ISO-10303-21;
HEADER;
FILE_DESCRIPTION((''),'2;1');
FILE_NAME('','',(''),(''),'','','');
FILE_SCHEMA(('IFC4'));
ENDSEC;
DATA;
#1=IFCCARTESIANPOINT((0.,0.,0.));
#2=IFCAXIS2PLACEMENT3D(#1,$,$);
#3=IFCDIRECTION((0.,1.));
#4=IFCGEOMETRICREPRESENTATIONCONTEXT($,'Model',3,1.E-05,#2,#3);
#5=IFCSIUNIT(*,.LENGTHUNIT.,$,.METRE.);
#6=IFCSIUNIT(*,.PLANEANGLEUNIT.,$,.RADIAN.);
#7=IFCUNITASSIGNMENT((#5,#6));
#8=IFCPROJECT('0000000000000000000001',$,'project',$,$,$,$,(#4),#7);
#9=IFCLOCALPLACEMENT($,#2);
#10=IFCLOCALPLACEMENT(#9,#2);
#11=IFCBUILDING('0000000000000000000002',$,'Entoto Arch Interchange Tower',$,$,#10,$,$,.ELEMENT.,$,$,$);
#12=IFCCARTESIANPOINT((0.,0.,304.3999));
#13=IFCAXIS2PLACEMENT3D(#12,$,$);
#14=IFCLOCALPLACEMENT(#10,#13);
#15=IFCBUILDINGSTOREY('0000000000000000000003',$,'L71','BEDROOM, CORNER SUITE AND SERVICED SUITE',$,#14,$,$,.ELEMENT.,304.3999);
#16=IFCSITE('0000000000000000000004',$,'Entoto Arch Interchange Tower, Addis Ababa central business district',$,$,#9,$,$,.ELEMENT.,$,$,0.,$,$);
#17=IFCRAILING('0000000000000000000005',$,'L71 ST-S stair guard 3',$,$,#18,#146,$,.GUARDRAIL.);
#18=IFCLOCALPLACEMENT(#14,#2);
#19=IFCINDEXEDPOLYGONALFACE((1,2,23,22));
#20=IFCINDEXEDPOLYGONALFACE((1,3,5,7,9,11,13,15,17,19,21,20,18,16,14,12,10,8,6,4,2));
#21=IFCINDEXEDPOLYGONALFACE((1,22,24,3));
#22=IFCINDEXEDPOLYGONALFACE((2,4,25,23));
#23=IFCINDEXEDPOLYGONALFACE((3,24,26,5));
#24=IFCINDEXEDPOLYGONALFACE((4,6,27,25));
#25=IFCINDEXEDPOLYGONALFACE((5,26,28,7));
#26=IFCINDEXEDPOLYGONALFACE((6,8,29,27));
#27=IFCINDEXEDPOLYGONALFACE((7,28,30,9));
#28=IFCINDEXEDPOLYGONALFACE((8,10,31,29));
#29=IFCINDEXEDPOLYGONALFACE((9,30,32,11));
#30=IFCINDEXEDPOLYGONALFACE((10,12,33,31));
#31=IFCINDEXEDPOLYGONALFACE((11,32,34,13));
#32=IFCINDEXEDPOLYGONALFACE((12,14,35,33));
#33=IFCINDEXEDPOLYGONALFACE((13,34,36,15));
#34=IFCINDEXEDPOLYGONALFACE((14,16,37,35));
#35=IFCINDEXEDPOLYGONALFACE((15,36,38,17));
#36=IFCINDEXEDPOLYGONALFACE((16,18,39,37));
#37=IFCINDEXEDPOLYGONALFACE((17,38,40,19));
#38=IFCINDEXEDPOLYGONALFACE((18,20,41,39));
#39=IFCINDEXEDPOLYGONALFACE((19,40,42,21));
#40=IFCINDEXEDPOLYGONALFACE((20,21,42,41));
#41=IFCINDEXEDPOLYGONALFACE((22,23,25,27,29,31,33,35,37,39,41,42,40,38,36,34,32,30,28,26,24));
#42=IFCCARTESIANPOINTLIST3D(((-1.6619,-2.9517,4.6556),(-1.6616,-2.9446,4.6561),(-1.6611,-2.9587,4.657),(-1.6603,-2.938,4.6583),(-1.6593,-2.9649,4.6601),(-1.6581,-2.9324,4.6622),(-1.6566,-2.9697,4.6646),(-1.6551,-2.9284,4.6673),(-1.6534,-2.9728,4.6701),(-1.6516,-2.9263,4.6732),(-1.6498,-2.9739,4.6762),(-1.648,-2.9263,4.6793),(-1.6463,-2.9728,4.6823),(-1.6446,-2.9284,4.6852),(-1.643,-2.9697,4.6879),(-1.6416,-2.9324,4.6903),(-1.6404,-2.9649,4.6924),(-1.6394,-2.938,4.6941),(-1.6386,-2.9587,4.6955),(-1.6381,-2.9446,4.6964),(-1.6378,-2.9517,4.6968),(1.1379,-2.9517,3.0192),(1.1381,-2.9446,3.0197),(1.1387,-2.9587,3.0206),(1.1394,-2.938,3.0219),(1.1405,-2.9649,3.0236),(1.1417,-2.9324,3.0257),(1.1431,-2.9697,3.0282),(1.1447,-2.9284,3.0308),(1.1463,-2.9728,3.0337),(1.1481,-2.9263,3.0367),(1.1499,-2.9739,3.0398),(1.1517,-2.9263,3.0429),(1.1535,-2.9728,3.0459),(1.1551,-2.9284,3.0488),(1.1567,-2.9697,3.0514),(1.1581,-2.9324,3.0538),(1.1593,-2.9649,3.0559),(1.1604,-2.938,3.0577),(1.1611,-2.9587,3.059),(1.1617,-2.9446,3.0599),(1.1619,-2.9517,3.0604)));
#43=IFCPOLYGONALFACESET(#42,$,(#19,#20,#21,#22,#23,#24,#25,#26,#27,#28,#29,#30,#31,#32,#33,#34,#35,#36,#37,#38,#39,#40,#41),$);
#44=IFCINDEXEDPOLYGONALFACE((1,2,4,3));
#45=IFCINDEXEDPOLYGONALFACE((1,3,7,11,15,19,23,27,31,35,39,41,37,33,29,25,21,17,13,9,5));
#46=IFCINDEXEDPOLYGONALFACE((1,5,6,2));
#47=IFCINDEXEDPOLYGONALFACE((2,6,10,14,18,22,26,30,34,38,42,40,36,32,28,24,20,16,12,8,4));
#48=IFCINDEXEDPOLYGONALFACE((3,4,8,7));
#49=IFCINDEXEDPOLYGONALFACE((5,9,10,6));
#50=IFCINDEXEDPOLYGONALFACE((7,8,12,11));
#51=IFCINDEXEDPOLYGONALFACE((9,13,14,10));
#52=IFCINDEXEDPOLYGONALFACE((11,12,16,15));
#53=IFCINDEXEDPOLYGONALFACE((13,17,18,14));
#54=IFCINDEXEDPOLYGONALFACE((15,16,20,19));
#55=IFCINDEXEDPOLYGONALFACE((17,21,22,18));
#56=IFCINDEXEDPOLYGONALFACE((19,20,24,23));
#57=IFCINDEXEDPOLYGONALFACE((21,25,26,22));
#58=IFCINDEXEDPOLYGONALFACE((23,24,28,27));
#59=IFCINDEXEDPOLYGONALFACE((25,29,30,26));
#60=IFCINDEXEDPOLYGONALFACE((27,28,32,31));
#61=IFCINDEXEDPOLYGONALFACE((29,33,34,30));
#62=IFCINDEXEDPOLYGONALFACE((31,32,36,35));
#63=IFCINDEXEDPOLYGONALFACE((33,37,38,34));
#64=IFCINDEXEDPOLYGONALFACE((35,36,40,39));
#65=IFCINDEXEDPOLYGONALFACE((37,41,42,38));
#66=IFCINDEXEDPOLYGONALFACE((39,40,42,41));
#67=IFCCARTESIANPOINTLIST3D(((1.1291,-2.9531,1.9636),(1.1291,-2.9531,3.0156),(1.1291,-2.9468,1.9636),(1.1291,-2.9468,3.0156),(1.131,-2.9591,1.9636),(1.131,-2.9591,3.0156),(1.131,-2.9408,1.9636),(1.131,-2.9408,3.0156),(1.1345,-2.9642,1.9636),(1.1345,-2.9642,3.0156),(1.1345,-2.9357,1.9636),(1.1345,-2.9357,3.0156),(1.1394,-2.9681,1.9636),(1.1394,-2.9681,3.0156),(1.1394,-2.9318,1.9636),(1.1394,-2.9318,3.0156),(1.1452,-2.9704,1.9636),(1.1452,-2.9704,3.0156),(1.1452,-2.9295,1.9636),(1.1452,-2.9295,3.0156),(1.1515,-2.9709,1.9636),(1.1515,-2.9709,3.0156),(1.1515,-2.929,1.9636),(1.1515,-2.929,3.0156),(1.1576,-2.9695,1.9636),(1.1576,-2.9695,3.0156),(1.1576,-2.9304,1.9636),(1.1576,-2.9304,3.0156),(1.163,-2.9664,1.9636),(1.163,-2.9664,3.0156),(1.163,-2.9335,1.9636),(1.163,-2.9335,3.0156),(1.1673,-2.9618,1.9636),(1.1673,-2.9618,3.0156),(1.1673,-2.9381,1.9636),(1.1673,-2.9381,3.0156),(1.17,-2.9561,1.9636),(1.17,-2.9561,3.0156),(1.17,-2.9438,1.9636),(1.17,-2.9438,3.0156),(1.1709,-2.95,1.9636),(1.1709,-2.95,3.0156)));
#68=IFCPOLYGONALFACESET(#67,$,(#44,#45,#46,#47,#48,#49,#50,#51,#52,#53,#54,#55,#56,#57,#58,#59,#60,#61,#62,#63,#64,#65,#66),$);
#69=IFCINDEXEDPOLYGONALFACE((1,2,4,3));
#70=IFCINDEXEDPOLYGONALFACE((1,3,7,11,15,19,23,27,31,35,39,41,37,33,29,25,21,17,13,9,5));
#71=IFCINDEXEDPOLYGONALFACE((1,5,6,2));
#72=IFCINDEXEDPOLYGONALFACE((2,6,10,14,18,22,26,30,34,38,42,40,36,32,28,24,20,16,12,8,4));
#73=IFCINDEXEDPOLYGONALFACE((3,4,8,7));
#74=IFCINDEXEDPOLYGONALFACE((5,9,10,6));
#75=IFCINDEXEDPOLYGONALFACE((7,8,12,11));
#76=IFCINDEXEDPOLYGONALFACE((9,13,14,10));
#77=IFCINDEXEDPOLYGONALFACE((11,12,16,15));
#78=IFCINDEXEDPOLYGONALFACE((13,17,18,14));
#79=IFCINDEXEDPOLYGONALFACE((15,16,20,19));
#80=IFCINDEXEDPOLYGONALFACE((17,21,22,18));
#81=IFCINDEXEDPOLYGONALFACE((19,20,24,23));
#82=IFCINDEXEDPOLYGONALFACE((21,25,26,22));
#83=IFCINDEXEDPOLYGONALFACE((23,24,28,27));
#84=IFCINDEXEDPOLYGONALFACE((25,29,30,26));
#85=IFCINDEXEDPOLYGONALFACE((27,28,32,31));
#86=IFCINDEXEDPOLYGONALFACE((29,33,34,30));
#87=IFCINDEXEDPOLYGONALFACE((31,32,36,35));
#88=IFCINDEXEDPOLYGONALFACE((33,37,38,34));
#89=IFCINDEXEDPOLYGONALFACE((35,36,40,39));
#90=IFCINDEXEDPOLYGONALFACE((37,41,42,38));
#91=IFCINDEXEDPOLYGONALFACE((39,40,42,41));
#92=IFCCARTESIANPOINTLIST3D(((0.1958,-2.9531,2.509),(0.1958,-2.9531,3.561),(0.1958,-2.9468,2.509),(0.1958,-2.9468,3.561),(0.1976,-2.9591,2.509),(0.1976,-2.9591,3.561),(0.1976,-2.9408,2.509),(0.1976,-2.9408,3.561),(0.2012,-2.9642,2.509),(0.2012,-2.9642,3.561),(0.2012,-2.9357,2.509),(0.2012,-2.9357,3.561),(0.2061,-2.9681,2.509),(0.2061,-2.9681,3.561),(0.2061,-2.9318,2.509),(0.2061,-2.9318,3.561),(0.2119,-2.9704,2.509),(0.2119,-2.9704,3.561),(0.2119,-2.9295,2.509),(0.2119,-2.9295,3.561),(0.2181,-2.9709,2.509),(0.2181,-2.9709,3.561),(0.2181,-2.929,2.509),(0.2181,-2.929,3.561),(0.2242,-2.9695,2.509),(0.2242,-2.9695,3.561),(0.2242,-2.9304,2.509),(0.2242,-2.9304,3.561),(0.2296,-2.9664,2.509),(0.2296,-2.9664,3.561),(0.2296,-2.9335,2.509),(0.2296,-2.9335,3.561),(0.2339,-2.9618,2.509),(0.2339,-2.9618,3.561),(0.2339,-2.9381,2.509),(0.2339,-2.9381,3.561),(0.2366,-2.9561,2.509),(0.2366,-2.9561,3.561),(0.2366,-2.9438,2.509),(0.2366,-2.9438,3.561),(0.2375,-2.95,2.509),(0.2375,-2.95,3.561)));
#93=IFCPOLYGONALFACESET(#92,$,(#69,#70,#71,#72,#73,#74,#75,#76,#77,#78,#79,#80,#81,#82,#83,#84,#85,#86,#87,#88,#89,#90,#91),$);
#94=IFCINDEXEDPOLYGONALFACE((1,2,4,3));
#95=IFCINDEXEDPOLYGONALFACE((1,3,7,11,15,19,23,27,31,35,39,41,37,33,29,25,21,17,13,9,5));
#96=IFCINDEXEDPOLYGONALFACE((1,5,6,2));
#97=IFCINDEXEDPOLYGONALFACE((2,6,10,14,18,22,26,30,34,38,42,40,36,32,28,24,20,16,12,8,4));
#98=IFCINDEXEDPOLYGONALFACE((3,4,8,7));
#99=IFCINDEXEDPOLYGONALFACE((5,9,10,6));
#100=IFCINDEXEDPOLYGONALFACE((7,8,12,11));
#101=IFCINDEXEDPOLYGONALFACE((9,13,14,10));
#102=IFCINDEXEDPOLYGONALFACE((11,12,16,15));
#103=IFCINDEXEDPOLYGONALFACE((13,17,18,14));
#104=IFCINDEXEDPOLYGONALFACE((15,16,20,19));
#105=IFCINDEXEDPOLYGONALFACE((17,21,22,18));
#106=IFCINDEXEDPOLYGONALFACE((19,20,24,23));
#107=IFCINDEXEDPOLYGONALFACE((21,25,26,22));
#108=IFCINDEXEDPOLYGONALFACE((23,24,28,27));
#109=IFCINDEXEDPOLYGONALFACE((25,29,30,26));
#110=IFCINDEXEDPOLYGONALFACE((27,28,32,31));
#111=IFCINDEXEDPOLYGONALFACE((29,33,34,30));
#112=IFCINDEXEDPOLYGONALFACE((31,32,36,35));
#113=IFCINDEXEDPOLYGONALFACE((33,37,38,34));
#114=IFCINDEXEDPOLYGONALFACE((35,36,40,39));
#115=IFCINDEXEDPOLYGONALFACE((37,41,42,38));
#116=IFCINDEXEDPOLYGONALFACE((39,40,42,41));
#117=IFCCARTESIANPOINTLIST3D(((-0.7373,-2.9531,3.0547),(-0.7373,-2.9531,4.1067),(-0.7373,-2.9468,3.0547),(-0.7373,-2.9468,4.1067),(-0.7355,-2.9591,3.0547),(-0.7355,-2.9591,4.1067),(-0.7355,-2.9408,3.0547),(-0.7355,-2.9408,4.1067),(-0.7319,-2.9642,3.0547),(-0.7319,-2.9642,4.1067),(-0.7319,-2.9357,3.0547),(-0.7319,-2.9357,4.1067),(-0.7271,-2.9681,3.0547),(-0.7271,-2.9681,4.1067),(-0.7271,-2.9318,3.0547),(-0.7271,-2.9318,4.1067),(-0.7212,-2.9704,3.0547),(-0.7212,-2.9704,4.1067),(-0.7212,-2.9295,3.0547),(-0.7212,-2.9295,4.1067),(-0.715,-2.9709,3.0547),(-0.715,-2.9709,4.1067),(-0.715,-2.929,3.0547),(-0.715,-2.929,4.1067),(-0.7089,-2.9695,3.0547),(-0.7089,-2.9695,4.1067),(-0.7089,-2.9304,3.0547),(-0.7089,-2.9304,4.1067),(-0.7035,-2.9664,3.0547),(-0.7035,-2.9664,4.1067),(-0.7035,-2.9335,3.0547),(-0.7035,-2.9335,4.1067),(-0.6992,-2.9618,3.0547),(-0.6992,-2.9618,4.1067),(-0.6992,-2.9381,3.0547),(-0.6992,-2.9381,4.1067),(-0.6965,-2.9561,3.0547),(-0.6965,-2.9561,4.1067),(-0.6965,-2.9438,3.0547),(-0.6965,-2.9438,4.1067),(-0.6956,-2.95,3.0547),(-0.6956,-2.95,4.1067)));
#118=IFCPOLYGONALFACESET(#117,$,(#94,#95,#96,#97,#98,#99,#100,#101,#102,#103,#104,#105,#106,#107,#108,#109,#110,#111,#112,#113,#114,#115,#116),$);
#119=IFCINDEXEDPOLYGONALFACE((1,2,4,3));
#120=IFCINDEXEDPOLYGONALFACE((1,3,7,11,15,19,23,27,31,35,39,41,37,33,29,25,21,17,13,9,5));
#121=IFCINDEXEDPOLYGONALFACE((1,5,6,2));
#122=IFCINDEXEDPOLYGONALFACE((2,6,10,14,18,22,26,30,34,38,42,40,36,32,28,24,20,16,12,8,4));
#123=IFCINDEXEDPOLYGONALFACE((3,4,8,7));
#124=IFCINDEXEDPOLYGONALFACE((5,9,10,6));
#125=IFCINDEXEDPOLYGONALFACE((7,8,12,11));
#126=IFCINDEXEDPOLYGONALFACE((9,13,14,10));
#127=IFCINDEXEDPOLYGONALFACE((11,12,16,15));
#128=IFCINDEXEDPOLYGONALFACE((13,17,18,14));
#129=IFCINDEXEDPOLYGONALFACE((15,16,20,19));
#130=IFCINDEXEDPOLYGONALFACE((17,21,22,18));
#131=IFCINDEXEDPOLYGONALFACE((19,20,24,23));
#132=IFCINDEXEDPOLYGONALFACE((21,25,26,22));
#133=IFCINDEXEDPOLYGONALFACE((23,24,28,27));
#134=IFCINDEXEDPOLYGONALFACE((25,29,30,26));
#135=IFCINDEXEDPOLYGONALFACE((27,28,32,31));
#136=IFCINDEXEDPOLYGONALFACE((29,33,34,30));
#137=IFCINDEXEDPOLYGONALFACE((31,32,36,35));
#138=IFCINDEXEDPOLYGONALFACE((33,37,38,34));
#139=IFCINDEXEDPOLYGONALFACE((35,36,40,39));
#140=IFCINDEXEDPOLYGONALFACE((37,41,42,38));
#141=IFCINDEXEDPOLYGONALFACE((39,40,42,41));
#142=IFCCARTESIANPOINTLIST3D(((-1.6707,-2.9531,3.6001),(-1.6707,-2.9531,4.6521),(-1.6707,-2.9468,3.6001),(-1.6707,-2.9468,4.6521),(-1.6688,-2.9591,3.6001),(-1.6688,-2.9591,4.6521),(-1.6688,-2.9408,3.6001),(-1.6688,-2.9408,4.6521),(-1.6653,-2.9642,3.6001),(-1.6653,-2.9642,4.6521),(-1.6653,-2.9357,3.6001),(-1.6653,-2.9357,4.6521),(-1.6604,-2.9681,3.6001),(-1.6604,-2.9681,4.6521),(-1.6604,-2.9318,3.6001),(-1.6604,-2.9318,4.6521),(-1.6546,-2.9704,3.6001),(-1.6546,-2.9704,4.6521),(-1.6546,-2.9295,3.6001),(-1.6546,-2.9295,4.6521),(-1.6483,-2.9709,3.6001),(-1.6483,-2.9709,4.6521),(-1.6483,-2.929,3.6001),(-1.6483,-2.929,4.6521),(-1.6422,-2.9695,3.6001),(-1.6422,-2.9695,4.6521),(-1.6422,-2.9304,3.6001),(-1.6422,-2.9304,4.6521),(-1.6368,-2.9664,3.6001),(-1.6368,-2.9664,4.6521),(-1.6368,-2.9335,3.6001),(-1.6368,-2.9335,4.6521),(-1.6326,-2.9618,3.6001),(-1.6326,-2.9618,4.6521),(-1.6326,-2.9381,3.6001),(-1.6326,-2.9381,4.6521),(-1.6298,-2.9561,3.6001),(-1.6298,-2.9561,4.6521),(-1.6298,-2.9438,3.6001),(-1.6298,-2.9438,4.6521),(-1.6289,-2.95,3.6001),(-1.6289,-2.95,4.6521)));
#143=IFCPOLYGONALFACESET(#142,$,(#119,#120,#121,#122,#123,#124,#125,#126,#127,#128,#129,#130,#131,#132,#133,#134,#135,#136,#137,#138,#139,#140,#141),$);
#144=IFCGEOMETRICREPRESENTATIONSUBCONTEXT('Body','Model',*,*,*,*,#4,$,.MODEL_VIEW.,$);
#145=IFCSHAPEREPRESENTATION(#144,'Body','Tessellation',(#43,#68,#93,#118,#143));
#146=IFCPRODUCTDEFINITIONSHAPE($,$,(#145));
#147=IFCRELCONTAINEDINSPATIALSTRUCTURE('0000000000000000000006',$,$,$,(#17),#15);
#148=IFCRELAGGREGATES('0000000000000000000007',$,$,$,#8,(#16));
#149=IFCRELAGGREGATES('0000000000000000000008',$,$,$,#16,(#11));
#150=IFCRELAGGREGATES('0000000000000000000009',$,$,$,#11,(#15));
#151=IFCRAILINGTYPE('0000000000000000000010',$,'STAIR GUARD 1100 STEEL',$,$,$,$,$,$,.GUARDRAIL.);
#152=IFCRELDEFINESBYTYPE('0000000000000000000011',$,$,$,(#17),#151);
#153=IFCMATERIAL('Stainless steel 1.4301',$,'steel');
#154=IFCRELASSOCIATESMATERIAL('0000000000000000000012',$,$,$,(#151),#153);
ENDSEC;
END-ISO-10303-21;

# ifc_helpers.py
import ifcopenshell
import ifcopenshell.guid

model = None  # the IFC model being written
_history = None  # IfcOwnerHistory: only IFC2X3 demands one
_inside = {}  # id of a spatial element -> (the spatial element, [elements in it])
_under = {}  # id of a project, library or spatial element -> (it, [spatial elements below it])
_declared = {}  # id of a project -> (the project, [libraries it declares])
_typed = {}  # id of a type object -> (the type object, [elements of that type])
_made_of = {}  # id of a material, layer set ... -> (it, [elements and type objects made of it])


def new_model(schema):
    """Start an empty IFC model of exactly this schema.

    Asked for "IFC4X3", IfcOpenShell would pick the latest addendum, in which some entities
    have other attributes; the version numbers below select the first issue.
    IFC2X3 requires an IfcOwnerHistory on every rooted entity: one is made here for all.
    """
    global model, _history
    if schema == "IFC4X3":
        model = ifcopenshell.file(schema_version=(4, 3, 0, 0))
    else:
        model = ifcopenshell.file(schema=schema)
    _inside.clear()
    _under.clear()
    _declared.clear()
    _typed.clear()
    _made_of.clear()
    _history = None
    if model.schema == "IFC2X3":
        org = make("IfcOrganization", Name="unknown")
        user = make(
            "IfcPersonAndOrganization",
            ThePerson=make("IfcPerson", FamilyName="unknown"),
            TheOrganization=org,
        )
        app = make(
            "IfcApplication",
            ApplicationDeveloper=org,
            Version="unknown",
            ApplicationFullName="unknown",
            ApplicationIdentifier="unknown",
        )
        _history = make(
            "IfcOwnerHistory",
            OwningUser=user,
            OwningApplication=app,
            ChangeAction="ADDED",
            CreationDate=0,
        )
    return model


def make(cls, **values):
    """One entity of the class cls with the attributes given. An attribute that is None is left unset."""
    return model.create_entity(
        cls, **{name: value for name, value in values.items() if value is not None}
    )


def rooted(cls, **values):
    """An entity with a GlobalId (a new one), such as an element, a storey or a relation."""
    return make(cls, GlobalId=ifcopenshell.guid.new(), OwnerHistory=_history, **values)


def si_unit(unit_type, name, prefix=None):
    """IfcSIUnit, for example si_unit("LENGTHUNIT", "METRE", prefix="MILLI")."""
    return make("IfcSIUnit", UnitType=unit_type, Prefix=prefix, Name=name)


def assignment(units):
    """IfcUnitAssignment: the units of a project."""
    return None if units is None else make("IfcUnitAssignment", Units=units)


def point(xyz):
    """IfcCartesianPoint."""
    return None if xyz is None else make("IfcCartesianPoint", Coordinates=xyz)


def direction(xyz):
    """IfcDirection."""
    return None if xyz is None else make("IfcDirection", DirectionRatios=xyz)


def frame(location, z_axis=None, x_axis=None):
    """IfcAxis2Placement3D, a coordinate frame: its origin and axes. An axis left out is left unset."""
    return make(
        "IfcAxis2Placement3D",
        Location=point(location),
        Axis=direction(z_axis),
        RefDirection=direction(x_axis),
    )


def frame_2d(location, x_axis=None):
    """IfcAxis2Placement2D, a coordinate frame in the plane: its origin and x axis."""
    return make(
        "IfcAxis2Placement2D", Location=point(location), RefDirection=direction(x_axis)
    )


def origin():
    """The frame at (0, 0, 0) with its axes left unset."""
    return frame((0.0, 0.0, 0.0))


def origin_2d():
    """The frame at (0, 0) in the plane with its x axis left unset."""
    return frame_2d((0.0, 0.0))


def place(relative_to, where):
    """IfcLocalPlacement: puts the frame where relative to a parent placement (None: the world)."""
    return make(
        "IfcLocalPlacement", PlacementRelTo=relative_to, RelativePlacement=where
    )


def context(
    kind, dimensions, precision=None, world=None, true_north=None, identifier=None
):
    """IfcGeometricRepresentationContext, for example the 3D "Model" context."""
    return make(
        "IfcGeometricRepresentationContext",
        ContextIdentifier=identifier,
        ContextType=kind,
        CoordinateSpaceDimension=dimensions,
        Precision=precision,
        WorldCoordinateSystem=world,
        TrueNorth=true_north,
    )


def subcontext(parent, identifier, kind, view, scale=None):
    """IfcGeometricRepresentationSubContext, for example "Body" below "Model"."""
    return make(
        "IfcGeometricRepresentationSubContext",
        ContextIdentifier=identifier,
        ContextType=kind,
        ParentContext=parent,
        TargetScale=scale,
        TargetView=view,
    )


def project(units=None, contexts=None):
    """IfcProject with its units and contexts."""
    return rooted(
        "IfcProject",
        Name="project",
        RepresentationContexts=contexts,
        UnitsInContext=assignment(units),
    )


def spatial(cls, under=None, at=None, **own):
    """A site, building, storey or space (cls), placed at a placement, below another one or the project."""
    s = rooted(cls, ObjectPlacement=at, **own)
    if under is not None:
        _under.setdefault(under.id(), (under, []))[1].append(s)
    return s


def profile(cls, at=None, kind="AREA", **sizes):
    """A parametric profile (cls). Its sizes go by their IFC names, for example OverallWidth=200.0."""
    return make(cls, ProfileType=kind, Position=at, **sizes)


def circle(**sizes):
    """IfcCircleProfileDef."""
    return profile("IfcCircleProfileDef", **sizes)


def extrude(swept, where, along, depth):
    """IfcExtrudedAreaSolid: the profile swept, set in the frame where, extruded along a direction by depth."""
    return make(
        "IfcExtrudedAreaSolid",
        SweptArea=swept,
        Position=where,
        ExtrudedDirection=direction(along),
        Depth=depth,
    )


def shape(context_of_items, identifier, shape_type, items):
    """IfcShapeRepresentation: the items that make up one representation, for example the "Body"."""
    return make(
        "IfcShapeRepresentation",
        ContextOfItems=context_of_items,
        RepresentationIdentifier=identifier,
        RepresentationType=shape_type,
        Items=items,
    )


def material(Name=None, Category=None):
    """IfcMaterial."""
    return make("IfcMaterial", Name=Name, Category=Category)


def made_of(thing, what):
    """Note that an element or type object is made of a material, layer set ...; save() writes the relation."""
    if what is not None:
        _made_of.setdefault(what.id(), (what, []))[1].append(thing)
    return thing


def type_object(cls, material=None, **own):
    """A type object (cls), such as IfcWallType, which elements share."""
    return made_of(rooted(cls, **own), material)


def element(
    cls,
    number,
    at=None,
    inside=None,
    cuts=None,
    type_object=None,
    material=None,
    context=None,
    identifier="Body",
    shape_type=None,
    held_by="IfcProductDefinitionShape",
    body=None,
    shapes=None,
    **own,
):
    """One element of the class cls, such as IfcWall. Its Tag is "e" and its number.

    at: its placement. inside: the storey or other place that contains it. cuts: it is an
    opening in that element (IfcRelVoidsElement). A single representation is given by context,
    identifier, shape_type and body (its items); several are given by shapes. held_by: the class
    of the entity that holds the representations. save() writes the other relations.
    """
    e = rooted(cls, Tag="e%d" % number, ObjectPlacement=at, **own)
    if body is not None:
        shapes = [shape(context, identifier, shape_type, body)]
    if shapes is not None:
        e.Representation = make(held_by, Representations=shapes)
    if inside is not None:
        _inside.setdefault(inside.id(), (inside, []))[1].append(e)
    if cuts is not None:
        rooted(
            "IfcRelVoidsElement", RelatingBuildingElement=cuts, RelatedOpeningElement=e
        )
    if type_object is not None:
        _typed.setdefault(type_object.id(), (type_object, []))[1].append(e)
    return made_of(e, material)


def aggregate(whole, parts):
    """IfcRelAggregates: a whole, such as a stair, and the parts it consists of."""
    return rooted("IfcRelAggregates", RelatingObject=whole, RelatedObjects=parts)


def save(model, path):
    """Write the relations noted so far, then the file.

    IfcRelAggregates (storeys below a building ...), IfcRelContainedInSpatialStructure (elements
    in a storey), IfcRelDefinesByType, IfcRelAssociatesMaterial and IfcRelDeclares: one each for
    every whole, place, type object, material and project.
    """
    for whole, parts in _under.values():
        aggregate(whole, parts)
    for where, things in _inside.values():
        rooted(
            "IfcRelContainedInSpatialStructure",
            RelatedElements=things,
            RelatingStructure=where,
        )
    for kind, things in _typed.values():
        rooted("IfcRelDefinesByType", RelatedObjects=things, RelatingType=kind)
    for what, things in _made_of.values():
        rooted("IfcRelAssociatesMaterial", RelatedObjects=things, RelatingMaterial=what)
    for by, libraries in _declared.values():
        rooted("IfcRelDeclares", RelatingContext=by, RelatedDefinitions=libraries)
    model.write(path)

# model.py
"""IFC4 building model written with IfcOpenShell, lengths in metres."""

from ifc_helpers import new_model, si_unit, direction, frame, origin, origin_2d, place, context, subcontext, project, spatial, circle, extrude, material, type_object, element, save


model = new_model("IFC4")

# Units and contexts
model_context = context("Model", 3, precision=1e-05, world=origin(), true_north=direction((0.0, 1.0)))
body_context = subcontext(model_context, "Body", "Model", "MODEL_VIEW")
ifc_project = project(units=[si_unit("LENGTHUNIT", "METRE"), si_unit("PLANEANGLEUNIT", "RADIAN")], contexts=[model_context])

# Site, building, storey
site_placement = place(None, origin())
site = spatial("IfcSite", under=ifc_project, at=site_placement, Name="Entoto Arch Interchange Tower, Addis Ababa central business district", CompositionType="ELEMENT", RefElevation=0.0)
building_placement = place(site_placement, origin())
building = spatial("IfcBuilding", under=site, at=building_placement, Name="Entoto Arch Interchange Tower", CompositionType="ELEMENT")
storey_placement = place(building_placement, frame((0.0, 0.0, 304.3999)))
storey = spatial("IfcBuildingStorey", under=building, at=storey_placement, Name="L71", Description="BEDROOM, CORNER SUITE AND SERVICED SUITE", CompositionType="ELEMENT", Elevation=304.3999)

# Railing
ifc_material_1 = material(Name="Stainless steel 1.4301", Category="steel")
railing_type_1 = type_object("IfcRailingType", Name="STAIR GUARD 1100 STEEL", PredefinedType="GUARDRAIL", material=ifc_material_1)
railing_1_placement = place(storey_placement, frame((1.1499, -2.95, 1.9636)))
element("IfcRailing", 1, at=railing_1_placement, inside=storey, type_object=railing_type_1, Name="L71 ST-S stair guard 3", PredefinedType="GUARDRAIL", context=body_context, shape_type="SweptSolid", body=[
    extrude(circle(Radius=0.0239, at=origin_2d()), frame((0.0, 0.0, 1.0762), z_axis=(-0.863342, 0.0, 0.50462), x_axis=(0.0, -1.0, 0.0)), (0.0, 0.0, 1.0), 3.2429),
    extrude(circle(Radius=0.021, at=origin_2d()), origin(), (0.0, 0.0, 1.0), 1.052),
    extrude(circle(Radius=0.021, at=origin_2d()), frame((-0.9333, 0.0, 0.5454)), (0.0, 0.0, 1.0), 1.052),
    extrude(circle(Radius=0.021, at=origin_2d()), frame((-1.8665, 0.0, 1.0911)), (0.0, 0.0, 1.0), 1.052),
    extrude(circle(Radius=0.021, at=origin_2d()), frame((-2.7998, 0.0, 1.6365)), (0.0, 0.0, 1.0), 1.052),
])

save(model, "model.ifc")
